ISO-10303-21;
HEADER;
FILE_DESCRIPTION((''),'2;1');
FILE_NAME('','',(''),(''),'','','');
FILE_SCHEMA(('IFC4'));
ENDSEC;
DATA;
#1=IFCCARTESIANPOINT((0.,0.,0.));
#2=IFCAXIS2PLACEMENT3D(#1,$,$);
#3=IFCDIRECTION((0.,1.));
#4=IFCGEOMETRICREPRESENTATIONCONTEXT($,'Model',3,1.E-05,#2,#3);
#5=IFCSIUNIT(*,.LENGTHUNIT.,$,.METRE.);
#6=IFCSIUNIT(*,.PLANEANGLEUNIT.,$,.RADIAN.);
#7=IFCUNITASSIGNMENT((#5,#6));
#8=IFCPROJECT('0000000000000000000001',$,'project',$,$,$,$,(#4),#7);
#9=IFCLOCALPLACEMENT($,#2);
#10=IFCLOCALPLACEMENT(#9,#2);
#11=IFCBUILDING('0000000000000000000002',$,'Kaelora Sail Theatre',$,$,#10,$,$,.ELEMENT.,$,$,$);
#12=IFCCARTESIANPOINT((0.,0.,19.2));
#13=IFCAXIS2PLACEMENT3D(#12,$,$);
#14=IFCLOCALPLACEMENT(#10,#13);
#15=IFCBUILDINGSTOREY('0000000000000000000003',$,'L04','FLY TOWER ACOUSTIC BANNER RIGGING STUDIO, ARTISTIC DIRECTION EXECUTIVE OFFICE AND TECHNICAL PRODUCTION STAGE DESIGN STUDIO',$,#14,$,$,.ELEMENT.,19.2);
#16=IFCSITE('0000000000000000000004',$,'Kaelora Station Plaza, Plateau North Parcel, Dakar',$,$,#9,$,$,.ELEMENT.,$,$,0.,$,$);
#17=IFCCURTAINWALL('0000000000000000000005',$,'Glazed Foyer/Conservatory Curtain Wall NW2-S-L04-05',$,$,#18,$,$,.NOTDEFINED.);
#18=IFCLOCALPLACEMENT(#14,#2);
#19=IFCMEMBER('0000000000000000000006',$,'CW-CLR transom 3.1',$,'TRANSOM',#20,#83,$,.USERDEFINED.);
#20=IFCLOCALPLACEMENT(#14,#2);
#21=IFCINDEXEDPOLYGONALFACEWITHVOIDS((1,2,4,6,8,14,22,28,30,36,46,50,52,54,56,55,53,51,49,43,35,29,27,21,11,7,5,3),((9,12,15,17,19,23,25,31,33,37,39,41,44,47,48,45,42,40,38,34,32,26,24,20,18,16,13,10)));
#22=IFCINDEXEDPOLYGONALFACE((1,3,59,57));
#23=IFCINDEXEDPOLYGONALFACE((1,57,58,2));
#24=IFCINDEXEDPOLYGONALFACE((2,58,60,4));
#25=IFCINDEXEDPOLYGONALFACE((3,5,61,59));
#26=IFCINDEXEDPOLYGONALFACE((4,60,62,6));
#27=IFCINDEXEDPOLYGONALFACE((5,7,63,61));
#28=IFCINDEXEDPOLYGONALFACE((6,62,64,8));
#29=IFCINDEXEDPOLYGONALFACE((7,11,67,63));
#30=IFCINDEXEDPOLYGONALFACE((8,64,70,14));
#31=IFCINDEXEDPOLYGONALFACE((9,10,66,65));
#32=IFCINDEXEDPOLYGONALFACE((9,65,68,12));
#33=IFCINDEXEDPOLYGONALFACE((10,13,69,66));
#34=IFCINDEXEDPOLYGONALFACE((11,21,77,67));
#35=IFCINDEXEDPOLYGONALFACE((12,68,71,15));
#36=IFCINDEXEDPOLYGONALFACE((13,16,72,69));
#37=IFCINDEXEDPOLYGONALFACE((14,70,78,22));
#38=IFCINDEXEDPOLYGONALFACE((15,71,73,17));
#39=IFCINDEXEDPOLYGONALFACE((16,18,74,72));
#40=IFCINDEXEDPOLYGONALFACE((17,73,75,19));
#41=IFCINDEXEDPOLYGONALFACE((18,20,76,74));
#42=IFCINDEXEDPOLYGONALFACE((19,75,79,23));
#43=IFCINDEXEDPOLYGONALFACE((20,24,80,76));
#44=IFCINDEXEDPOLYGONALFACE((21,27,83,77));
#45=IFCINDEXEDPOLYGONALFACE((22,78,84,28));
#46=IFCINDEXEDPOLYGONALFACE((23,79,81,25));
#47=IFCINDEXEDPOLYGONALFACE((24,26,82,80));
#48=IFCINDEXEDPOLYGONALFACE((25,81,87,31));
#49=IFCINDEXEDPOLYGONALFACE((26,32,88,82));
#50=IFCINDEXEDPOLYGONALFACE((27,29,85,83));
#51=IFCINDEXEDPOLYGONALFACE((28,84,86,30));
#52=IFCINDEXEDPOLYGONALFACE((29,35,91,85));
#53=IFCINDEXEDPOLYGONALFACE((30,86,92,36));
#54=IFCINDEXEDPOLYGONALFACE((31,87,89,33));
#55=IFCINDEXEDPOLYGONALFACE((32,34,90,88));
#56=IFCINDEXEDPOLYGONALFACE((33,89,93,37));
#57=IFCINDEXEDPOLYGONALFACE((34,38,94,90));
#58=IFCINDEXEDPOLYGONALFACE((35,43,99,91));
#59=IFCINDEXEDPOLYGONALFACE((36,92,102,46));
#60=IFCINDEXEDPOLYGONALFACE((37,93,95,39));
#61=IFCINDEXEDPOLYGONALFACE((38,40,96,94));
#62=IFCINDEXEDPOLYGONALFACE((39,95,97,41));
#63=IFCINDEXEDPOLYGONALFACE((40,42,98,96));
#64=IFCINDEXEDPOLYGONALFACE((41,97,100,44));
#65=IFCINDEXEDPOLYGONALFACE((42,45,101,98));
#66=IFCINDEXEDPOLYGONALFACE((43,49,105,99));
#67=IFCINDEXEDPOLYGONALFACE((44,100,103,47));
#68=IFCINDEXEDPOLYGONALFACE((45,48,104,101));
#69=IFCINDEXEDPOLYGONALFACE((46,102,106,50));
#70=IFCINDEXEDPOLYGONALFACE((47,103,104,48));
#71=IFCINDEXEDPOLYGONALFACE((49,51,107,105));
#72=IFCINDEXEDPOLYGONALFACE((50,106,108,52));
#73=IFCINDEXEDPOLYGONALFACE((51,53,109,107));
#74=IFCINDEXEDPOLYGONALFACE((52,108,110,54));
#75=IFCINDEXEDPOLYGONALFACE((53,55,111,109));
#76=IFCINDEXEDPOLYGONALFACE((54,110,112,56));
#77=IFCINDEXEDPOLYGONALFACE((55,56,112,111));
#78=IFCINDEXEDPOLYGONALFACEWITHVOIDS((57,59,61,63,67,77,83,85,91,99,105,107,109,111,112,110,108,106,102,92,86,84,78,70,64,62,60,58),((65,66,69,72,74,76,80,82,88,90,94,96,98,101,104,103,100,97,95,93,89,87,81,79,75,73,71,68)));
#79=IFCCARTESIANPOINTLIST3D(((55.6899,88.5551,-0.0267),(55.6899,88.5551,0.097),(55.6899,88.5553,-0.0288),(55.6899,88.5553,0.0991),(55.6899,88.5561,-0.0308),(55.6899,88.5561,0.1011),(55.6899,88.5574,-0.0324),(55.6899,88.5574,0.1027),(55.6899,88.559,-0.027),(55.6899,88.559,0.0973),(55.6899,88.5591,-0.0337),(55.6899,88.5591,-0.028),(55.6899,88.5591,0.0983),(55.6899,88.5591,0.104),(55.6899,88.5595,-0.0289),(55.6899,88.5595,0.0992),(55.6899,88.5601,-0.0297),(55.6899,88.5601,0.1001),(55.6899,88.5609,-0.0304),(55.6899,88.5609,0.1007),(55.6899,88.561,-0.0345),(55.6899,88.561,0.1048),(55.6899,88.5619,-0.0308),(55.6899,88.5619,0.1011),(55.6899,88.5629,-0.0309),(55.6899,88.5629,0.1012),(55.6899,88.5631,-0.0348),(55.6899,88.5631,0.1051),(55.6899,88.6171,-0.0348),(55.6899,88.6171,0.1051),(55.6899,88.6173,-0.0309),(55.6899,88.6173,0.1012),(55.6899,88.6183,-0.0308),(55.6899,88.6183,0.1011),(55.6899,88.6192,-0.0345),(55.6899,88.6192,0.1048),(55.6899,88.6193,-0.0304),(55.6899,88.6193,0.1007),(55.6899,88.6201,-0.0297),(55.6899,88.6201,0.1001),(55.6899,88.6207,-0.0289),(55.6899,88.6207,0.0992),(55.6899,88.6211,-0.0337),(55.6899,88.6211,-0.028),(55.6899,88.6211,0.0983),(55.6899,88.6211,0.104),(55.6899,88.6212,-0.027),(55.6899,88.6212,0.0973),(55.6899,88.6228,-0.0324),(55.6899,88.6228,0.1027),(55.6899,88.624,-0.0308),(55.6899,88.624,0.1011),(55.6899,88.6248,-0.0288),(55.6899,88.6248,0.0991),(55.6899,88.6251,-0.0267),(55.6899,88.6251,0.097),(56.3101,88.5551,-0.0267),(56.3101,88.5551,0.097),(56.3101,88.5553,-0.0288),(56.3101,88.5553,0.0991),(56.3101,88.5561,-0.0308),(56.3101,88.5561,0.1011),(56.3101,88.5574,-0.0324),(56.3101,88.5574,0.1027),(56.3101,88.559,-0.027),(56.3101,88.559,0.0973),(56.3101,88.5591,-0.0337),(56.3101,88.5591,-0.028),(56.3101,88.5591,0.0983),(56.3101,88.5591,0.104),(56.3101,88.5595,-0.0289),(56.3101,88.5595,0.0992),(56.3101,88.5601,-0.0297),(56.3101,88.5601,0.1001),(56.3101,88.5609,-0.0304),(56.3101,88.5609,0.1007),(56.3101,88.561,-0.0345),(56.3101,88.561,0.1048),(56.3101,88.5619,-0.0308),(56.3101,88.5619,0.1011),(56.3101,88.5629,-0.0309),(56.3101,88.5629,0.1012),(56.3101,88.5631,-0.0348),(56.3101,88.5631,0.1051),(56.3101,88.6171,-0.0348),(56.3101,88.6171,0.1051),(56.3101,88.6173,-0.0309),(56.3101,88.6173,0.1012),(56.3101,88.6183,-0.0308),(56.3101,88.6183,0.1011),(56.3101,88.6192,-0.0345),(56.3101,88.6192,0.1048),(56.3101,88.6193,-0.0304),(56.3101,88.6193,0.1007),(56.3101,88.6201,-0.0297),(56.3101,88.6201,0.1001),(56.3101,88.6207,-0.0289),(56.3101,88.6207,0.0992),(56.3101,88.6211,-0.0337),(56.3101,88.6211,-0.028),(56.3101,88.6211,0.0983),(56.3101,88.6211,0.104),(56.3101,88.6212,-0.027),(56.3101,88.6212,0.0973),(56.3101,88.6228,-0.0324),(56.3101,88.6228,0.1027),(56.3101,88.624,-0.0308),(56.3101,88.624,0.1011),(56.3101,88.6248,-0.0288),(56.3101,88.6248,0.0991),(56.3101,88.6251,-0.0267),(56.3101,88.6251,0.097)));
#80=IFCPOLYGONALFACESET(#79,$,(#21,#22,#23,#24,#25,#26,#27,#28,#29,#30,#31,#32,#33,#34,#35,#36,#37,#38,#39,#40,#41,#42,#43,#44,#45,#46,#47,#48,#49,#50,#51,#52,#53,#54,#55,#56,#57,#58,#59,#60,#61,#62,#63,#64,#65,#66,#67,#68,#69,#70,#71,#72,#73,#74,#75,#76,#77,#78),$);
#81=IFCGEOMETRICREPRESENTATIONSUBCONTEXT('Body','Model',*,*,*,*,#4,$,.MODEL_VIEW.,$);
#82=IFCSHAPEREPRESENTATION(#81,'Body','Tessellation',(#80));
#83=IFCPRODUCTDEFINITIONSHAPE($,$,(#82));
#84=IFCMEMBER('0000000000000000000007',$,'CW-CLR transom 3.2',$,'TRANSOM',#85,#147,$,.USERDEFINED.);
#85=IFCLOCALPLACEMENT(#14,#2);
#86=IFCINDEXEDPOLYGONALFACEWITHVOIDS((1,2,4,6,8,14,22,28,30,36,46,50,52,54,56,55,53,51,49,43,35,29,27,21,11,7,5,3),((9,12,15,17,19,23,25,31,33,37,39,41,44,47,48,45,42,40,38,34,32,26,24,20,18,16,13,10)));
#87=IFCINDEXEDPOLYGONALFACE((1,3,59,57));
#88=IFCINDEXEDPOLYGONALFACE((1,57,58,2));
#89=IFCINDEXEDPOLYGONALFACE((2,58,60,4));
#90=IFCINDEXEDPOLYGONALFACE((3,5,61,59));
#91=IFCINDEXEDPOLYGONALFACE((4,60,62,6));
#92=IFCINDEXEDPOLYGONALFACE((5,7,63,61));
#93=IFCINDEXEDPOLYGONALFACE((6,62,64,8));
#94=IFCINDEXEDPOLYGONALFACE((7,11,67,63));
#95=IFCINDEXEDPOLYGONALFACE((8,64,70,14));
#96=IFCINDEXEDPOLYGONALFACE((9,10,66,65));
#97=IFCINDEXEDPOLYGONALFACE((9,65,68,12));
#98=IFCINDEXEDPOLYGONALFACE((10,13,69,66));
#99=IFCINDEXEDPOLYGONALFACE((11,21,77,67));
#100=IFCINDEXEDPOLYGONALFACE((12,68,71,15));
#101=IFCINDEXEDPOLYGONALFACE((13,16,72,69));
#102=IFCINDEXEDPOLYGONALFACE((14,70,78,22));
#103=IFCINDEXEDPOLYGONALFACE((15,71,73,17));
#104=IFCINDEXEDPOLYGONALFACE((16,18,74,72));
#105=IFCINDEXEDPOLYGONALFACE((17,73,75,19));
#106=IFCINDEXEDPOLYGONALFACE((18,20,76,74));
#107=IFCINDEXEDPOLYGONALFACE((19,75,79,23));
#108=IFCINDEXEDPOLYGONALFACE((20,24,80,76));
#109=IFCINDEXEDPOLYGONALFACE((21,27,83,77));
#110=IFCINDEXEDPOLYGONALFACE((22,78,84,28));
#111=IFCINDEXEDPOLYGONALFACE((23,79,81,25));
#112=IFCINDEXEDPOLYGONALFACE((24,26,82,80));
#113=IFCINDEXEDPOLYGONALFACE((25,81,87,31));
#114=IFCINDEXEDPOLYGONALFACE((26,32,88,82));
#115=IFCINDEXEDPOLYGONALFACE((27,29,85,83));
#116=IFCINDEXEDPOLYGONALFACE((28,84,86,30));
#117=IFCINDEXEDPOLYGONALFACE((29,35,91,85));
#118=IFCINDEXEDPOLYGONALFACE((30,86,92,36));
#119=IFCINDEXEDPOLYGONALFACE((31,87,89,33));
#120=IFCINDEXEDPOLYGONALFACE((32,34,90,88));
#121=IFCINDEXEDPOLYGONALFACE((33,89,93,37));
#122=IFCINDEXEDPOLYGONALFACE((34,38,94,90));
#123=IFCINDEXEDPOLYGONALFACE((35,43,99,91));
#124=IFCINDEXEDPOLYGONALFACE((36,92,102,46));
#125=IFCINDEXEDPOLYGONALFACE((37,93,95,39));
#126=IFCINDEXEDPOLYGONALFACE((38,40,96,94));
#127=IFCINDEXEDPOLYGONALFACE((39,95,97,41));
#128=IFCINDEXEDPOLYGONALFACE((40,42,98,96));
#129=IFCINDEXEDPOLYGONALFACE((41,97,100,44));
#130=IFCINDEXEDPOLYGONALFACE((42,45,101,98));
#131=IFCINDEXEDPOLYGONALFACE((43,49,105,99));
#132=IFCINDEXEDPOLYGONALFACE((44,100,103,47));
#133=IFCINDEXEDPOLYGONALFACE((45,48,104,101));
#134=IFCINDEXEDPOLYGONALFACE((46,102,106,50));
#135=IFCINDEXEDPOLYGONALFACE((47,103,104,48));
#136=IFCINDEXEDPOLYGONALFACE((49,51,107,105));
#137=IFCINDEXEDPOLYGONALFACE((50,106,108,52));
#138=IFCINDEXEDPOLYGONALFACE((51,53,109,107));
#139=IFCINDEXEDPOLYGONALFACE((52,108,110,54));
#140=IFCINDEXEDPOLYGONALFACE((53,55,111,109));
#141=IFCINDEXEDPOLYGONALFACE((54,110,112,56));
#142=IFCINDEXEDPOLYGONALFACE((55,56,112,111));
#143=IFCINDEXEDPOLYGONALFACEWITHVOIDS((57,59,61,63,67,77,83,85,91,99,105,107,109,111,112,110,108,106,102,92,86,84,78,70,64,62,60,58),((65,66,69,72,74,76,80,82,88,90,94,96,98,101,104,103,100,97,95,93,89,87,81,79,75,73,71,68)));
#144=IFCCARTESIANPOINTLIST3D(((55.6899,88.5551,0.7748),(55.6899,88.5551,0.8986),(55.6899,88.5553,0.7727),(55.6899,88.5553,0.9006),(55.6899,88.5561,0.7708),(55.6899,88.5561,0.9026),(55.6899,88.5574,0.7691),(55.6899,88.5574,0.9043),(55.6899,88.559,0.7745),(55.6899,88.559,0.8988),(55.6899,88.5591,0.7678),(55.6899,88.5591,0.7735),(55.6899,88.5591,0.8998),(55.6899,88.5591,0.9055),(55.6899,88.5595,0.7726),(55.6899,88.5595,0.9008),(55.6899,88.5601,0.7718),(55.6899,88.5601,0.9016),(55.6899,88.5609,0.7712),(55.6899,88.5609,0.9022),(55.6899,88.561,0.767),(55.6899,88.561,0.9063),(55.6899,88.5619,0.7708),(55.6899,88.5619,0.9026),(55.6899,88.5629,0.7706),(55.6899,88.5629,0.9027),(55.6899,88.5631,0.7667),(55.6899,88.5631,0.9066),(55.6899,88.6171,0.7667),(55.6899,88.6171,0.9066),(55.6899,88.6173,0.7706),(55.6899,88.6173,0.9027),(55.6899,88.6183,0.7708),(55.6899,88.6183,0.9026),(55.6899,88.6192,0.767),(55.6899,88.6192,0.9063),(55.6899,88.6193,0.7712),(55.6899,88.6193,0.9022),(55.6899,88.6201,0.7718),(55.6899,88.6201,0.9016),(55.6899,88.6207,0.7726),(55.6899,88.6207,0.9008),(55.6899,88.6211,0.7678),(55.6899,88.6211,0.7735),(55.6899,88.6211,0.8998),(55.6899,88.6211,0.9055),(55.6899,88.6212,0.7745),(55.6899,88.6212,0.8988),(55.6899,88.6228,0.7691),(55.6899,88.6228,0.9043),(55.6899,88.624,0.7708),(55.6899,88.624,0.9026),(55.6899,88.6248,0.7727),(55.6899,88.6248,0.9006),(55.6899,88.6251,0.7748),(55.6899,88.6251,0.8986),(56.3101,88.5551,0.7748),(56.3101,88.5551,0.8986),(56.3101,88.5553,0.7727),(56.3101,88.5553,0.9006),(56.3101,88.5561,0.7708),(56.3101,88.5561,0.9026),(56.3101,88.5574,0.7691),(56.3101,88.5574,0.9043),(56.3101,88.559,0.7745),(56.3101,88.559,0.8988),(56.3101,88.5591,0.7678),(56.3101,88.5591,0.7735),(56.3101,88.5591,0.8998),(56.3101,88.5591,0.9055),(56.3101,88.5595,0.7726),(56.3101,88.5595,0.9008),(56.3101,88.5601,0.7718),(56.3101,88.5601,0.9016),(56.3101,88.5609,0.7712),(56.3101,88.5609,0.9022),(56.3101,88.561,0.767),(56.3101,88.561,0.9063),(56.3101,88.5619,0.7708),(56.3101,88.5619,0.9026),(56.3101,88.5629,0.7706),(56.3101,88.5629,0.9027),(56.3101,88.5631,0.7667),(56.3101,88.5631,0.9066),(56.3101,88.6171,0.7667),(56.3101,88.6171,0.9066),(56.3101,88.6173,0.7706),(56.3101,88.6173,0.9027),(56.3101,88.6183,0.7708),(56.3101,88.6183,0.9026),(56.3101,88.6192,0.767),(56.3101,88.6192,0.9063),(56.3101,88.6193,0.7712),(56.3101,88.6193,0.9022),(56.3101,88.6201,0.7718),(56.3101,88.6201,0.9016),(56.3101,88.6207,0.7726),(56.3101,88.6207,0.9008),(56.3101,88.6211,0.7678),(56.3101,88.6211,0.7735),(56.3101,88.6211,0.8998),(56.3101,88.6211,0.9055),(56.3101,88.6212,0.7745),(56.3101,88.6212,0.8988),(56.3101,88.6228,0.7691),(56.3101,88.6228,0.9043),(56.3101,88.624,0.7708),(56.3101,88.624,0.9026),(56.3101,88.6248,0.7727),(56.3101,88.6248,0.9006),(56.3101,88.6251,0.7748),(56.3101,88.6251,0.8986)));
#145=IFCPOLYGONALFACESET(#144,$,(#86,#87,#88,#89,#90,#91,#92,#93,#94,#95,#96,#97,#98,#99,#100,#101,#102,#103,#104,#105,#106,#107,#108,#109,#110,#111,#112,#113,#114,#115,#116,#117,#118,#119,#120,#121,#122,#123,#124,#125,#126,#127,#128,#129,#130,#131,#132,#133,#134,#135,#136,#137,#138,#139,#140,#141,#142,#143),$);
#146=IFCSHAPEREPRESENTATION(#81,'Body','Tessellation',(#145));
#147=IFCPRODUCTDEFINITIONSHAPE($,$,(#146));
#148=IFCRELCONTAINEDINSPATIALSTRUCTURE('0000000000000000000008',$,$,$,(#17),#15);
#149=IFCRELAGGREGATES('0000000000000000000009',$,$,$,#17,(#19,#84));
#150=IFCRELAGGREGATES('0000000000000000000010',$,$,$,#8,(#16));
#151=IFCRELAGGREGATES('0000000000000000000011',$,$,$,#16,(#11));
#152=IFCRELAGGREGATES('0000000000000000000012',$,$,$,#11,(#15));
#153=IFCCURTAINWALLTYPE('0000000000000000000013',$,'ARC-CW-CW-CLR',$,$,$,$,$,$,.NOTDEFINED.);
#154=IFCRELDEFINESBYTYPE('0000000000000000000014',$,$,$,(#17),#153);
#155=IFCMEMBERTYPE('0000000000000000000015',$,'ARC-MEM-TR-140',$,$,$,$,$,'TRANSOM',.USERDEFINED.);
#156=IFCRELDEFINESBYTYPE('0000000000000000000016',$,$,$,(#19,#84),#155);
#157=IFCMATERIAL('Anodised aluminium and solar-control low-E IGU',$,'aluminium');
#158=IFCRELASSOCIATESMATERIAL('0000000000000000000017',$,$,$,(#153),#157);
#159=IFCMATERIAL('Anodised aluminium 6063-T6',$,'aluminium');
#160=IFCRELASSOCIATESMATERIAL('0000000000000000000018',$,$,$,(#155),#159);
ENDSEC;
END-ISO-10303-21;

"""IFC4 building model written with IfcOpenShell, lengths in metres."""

from ifc_helpers import new_model, si_unit, direction, frame, origin, origin_2d, place, context, subcontext, project, spatial, hollow_rectangle, extrude, material, material_profile, profile_set, type_object, element, aggregate, save


model = new_model("IFC4")

# Units and contexts
model_context = context("Model", 3, precision=1e-05, world=origin(), true_north=direction((0.0, 1.0)))
body_context = subcontext(model_context, "Body", "Model", "MODEL_VIEW")
ifc_project = project(units=[si_unit("LENGTHUNIT", "METRE"), si_unit("PLANEANGLEUNIT", "RADIAN")], contexts=[model_context])

# Site, building, storey
site_placement = place(None, origin())
site = spatial("IfcSite", under=ifc_project, at=site_placement, Name="Kaelora Station Plaza, Plateau North Parcel, Dakar", CompositionType="ELEMENT", RefElevation=0.0)
building_placement = place(site_placement, origin())
building = spatial("IfcBuilding", under=site, at=building_placement, Name="Kaelora Sail Theatre", CompositionType="ELEMENT")
storey_placement = place(building_placement, frame((0.0, 0.0, 19.2)))
storey = spatial("IfcBuildingStorey", under=building, at=storey_placement, Name="L04", Description="FLY TOWER ACOUSTIC BANNER RIGGING STUDIO, ARTISTIC DIRECTION EXECUTIVE OFFICE AND TECHNICAL PRODUCTION STAGE DESIGN STUDIO", CompositionType="ELEMENT", Elevation=19.2)

# Curtain wall, members
ifc_material_1 = material(Name="Anodised aluminium and solar-control low-E IGU", Category="aluminium")
curtain_wall_type = type_object("IfcCurtainWallType", Name="ARC-CW-CW-CLR", PredefinedType="NOTDEFINED", material=ifc_material_1)
curtain_wall_placement = place(storey_placement, origin())
curtain_wall = element("IfcCurtainWall", 1, at=curtain_wall_placement, inside=storey, type_object=curtain_wall_type, Name="Glazed Foyer/Conservatory Curtain Wall NW2-S-L04-05", PredefinedType="NOTDEFINED")
ifc_material_2 = material(Name="Anodised aluminium 6063-T6", Category="aluminium")
ifc_material_profile_1 = material_profile(ifc_material_2, hollow_rectangle(XDim=0.0701, YDim=0.1399, WallThickness=0.0039, InnerFilletRadius=0.0039, OuterFilletRadius=0.0081, at=origin_2d()), Name="ALU-TRAN 70x140x4")
ifc_profile_set_1 = profile_set([ifc_material_profile_1], Name="Anodised aluminium 6063-T6")
member_type_1 = type_object("IfcMemberType", Name="ARC-MEM-TR-140", ElementType="TRANSOM", PredefinedType="USERDEFINED", material=ifc_profile_set_1)
member_1_placement = place(storey_placement, frame((55.6899, 88.5901, 0.0352), z_axis=(1.0, 0.0, 0.0), x_axis=(0.0, 1.0, 0.0)))
member_1 = element("IfcMember", 2, at=member_1_placement, type_object=member_type_1, Name="CW-CLR transom 3.1", ObjectType="TRANSOM", PredefinedType="USERDEFINED", context=body_context, shape_type="SweptSolid", body=[
    extrude(hollow_rectangle(XDim=0.0701, YDim=0.1399, WallThickness=0.0039, InnerFilletRadius=0.0039, OuterFilletRadius=0.0081, at=origin_2d()), origin(), (0.0, 0.0, 1.0), 0.6201),
])
member_2_placement = place(storey_placement, frame((55.6899, 88.5901, 0.8367), z_axis=(1.0, 0.0, 0.0), x_axis=(0.0, 1.0, 0.0)))
member_2 = element("IfcMember", 3, at=member_2_placement, type_object=member_type_1, Name="CW-CLR transom 3.2", ObjectType="TRANSOM", PredefinedType="USERDEFINED", context=body_context, shape_type="SweptSolid", body=[
    extrude(hollow_rectangle(XDim=0.0701, YDim=0.1399, WallThickness=0.0039, InnerFilletRadius=0.0039, OuterFilletRadius=0.0081, at=origin_2d()), origin(), (0.0, 0.0, 1.0), 0.6201),
])
aggregate(curtain_wall, [member_1, member_2])

save(model, "model.ifc")
